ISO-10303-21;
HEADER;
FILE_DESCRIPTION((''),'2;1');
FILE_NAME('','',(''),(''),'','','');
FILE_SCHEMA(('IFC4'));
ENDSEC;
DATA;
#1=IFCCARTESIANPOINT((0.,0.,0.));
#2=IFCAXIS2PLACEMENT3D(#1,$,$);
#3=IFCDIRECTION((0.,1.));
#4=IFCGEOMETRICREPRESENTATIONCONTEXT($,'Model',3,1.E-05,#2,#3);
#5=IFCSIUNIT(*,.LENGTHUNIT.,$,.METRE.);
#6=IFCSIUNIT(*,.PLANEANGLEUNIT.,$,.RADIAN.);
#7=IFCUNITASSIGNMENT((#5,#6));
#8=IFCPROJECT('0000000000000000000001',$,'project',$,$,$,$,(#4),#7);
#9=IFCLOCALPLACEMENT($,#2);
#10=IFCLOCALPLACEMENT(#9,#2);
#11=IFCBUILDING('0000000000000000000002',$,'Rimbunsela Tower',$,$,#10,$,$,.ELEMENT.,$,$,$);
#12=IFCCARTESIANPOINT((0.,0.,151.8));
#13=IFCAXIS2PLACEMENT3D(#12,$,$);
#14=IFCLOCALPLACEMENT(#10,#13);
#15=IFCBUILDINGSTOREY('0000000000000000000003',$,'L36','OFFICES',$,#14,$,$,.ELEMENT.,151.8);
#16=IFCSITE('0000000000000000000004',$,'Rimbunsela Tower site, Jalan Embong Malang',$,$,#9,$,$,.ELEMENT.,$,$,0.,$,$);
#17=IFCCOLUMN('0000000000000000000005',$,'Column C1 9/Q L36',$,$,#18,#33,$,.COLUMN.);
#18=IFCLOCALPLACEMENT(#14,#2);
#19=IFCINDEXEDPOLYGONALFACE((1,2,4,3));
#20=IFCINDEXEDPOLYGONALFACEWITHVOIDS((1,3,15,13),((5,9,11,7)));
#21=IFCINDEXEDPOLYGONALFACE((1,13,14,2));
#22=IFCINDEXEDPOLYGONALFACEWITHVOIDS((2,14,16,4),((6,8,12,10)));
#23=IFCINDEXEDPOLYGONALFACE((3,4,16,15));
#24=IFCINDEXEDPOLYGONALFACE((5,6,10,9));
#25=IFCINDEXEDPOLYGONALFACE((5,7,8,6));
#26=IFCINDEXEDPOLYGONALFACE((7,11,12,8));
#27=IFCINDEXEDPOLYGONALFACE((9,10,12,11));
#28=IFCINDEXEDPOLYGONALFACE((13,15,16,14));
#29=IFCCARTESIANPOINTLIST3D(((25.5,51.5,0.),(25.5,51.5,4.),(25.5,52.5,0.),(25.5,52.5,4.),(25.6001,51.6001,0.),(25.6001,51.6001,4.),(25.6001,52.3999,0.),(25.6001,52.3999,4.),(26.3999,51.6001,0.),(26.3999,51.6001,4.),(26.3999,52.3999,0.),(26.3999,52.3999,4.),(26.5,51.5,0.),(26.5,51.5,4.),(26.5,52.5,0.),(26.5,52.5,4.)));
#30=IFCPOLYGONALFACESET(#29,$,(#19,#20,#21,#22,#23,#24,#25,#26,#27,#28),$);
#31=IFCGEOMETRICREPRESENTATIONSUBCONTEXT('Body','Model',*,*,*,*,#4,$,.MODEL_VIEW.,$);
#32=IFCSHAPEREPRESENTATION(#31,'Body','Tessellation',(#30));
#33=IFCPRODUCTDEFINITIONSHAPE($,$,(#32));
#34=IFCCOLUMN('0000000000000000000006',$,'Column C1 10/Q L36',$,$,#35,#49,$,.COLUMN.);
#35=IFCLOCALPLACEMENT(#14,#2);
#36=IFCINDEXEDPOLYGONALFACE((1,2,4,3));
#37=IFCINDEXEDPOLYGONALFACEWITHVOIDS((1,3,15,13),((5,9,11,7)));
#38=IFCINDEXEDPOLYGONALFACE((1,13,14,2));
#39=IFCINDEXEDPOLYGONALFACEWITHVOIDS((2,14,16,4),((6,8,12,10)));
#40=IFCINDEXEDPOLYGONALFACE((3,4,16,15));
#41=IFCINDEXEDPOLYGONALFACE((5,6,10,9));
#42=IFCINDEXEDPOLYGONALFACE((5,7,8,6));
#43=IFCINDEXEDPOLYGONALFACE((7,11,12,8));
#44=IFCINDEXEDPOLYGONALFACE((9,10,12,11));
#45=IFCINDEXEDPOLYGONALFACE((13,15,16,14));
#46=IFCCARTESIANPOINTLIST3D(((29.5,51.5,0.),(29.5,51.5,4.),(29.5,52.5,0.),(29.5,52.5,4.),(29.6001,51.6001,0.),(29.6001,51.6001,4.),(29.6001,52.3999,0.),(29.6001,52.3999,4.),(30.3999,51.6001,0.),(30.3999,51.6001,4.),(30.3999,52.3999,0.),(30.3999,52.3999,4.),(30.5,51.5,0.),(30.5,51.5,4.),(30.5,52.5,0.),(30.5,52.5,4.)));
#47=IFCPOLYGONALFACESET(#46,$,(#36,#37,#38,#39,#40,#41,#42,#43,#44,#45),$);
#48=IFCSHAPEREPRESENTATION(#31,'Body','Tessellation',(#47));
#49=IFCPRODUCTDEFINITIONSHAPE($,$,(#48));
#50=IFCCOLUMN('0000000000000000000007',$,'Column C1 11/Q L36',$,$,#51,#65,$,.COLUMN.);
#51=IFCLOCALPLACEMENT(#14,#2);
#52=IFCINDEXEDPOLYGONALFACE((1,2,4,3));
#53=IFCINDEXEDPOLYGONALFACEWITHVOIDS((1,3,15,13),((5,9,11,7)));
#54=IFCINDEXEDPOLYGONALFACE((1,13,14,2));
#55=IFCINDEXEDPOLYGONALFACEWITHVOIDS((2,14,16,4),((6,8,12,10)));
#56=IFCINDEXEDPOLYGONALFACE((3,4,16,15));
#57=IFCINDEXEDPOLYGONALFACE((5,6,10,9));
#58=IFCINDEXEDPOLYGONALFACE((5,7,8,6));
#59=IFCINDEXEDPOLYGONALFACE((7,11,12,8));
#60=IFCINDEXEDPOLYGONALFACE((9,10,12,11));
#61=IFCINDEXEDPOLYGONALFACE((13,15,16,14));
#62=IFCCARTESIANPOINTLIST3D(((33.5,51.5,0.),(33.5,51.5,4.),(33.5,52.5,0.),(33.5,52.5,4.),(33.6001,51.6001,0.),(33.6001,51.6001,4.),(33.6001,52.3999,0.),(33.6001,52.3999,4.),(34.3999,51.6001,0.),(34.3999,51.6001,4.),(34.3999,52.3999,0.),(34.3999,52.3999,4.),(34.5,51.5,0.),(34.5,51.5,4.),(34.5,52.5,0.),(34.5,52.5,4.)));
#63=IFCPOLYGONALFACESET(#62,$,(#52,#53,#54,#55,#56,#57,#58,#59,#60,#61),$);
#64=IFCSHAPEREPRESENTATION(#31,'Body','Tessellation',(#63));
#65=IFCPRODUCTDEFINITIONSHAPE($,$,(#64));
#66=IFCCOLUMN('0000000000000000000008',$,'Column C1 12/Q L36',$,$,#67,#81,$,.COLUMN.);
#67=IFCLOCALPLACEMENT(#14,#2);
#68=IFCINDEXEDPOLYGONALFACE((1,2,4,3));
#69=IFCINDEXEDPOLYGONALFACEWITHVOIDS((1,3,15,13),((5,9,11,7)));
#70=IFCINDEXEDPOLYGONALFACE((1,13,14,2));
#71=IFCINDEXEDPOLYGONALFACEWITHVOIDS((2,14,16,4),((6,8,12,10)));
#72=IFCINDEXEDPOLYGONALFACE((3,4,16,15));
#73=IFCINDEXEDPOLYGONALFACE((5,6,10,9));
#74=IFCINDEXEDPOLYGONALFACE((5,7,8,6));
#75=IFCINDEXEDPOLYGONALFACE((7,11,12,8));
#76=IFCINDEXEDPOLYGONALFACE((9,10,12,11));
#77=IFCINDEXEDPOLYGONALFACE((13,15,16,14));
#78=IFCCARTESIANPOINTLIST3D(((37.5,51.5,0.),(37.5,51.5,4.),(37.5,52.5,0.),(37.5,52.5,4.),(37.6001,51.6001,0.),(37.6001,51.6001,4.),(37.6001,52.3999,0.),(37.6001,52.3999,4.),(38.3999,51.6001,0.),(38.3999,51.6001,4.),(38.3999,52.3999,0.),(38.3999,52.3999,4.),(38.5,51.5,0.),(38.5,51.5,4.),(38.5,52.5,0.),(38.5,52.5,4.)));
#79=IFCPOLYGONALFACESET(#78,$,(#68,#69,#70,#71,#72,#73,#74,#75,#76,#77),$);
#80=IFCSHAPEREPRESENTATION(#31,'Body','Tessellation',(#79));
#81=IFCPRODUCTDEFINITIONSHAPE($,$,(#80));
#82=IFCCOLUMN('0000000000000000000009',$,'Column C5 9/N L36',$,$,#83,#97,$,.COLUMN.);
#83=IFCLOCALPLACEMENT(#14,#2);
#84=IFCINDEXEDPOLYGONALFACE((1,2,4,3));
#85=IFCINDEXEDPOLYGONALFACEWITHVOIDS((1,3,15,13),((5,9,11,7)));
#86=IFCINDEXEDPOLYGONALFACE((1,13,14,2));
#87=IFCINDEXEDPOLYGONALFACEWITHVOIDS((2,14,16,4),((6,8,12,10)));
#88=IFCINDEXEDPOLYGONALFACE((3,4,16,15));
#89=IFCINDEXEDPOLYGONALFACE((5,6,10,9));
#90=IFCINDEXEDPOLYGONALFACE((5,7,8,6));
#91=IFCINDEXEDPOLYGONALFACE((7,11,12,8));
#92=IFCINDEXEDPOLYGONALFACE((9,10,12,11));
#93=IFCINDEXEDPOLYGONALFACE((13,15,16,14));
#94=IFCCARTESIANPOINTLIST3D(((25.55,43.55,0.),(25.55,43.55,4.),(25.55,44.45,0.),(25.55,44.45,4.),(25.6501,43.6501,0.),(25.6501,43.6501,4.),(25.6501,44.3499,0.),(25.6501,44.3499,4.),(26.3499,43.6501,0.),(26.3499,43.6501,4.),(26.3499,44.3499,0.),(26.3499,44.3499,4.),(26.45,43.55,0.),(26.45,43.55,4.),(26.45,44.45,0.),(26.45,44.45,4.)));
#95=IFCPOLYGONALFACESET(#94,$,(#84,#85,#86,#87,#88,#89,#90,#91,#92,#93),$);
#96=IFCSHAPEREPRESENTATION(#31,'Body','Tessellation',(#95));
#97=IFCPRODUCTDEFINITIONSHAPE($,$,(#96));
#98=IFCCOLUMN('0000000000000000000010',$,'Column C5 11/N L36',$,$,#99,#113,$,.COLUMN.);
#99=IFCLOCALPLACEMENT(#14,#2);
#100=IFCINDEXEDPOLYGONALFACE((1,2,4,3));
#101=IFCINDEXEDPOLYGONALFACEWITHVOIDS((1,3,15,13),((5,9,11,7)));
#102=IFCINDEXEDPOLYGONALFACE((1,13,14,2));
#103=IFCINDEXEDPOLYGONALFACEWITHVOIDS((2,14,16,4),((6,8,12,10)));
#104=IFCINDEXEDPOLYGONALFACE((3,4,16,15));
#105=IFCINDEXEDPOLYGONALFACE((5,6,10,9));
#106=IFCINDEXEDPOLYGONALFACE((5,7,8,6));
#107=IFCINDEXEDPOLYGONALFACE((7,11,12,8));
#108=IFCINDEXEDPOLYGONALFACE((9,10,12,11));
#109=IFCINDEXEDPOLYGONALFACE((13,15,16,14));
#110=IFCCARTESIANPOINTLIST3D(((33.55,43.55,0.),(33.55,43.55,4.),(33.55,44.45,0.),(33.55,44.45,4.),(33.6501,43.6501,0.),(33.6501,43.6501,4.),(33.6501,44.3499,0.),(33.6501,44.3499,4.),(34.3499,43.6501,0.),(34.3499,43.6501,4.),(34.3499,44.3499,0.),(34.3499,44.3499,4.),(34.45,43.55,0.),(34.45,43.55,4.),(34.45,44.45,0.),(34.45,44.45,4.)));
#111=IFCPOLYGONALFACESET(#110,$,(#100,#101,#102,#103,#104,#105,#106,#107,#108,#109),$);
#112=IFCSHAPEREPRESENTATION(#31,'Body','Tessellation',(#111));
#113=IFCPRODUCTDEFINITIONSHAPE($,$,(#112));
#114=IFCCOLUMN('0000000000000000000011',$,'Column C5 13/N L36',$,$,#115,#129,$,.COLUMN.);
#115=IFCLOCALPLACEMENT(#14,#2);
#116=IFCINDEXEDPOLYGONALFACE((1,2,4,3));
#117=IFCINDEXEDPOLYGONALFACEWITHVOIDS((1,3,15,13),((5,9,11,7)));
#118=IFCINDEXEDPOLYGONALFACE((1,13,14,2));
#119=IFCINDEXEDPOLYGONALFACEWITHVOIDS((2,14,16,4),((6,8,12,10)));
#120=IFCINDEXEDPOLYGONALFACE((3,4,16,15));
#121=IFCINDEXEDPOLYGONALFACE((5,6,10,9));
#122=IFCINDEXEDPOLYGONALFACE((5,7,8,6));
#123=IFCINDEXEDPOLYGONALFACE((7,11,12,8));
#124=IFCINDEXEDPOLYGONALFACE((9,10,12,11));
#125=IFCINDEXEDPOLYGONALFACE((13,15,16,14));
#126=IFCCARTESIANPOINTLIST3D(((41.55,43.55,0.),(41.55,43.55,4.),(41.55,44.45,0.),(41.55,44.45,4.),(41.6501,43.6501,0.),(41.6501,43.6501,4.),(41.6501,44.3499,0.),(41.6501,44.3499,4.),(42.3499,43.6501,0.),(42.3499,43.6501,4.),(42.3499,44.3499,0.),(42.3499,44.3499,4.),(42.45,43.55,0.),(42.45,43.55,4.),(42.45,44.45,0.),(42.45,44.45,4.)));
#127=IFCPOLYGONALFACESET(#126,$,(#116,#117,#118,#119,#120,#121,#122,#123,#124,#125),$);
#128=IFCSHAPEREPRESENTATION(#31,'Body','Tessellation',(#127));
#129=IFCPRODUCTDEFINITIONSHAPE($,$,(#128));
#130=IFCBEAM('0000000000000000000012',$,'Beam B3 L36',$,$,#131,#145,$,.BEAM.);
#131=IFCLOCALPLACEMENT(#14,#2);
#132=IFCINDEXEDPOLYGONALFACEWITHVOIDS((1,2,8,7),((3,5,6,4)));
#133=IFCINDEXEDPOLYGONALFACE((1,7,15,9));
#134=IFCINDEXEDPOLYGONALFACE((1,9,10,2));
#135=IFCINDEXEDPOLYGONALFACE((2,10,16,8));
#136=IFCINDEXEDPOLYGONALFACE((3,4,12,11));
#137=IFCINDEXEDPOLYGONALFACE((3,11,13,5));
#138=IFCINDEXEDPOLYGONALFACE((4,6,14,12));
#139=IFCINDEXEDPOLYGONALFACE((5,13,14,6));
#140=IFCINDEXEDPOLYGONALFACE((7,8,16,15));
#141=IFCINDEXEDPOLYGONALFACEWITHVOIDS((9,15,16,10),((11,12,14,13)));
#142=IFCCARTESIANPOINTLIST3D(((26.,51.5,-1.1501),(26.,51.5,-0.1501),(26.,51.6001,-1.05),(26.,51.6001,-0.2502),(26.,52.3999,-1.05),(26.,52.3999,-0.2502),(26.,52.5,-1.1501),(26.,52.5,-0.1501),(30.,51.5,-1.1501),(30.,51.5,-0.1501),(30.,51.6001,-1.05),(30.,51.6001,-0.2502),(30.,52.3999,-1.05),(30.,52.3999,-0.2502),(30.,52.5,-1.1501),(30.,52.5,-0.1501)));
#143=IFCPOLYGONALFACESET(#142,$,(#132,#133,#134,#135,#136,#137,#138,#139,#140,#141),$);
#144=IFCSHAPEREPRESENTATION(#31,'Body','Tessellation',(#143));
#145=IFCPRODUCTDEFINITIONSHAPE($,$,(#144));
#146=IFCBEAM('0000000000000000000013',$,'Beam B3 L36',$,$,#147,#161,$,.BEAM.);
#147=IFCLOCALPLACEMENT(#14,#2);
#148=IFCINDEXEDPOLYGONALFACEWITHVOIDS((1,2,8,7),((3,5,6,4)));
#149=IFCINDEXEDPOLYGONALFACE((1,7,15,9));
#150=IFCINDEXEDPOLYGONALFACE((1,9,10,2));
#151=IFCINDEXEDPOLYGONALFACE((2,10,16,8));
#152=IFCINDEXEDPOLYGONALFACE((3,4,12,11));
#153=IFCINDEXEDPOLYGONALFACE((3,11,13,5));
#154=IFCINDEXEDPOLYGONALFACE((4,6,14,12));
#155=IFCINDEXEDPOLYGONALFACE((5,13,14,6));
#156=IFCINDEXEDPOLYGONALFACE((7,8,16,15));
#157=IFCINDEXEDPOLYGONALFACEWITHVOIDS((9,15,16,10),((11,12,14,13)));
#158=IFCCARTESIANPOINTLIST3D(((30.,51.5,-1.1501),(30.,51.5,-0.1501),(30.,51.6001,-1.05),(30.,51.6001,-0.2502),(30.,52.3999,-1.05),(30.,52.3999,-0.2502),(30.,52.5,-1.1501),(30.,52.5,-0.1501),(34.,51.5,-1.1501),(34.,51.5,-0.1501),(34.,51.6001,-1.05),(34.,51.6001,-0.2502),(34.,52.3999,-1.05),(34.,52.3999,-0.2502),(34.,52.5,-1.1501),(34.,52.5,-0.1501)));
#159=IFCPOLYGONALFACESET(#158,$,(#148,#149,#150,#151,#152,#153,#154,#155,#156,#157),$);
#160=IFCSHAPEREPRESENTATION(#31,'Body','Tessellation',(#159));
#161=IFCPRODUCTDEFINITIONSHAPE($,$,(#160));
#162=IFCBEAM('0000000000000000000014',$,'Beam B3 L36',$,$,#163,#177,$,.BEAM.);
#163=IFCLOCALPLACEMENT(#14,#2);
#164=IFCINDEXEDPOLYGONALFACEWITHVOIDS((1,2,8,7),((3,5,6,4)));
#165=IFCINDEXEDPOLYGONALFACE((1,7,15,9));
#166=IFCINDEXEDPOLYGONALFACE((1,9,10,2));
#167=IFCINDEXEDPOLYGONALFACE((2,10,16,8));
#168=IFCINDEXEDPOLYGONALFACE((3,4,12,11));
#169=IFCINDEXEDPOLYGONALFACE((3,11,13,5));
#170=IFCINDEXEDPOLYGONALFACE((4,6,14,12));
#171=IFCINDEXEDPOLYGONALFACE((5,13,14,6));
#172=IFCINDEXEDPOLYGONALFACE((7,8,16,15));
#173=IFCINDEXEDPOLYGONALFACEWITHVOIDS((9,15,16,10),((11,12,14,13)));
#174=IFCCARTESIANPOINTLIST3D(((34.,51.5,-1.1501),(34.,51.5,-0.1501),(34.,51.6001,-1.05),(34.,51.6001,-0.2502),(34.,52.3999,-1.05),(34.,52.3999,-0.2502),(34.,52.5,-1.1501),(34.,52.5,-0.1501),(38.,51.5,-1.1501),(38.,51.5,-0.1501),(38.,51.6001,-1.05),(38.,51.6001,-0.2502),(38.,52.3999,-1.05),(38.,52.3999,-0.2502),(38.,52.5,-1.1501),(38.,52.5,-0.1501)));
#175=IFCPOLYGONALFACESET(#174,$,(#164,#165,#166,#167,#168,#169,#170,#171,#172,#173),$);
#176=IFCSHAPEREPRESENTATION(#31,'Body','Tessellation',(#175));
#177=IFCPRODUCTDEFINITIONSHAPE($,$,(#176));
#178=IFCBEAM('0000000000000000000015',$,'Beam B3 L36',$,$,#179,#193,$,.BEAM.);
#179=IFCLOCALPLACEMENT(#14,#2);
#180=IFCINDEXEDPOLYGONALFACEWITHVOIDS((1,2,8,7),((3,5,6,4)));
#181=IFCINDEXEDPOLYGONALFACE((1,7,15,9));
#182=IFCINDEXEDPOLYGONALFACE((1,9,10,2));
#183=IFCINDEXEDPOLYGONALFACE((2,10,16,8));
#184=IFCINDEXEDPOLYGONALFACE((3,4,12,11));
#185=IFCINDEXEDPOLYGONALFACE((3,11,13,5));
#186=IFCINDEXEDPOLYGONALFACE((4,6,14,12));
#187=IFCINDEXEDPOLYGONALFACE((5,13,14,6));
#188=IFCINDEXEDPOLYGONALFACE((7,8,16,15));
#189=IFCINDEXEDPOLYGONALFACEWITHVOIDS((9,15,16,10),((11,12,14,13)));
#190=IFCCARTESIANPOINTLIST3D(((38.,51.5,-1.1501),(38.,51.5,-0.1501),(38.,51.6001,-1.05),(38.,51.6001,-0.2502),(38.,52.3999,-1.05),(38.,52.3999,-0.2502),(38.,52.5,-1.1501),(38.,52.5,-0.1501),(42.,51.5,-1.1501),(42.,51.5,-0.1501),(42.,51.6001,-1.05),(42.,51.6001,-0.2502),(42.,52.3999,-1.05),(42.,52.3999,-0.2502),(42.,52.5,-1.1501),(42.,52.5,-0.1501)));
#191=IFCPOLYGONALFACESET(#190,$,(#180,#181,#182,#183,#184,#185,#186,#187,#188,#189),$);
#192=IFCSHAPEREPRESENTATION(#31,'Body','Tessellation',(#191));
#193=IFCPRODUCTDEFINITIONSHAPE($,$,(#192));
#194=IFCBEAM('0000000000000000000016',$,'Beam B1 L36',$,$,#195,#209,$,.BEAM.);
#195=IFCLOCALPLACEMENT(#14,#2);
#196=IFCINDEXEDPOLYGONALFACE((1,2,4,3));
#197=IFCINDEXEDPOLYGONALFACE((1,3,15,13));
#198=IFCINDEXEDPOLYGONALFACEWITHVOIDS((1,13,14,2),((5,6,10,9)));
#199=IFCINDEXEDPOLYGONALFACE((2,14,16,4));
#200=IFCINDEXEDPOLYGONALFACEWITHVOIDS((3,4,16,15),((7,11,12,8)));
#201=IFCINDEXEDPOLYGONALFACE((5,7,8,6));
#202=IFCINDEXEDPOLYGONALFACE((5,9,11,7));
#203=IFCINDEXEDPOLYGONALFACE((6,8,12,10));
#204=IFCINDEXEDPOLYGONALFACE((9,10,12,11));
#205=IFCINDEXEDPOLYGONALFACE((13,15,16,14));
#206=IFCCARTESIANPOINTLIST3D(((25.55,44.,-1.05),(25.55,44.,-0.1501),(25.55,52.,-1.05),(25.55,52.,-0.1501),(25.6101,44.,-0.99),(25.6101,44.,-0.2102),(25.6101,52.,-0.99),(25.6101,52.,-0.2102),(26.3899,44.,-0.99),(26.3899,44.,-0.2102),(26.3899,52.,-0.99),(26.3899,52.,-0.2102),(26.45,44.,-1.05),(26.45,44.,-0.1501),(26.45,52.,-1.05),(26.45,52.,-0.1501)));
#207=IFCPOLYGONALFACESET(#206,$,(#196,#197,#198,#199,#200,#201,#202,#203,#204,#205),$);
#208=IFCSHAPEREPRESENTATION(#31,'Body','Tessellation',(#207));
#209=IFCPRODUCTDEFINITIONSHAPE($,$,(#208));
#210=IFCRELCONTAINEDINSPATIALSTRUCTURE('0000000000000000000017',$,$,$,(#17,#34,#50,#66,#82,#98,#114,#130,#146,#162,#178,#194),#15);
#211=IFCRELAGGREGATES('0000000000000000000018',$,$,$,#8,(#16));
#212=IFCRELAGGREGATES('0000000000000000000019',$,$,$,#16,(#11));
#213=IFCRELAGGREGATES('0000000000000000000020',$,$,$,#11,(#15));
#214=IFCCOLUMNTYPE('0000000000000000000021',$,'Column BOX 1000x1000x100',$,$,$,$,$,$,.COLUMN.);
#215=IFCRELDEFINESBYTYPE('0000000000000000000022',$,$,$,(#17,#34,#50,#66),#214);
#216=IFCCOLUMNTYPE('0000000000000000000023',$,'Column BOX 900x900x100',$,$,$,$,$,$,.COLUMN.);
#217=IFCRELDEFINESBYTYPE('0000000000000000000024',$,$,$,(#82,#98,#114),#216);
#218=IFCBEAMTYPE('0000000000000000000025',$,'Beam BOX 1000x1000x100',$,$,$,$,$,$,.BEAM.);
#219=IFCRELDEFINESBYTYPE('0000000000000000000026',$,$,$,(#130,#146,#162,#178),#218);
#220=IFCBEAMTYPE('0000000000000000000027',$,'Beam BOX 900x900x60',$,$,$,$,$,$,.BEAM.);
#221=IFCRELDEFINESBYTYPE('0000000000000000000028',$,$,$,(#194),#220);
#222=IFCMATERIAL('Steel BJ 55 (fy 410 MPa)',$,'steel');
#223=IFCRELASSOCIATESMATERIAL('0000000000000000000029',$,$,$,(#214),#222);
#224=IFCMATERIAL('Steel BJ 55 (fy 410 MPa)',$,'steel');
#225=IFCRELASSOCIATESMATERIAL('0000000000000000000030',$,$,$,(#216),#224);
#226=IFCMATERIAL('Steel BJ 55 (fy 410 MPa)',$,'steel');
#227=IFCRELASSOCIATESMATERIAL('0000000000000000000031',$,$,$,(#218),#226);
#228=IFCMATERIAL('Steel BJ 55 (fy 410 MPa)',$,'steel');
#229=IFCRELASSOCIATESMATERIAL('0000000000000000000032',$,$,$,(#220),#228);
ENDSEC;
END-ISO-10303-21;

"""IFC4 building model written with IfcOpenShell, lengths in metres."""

from ifc_helpers import new_model, si_unit, direction, frame, origin, origin_2d, place, context, subcontext, project, spatial, hollow_rectangle, extrude, material, material_profile, profile_set, type_object, element, save


model = new_model("IFC4")

# Units and contexts
model_context = context("Model", 3, precision=1e-05, world=origin(), true_north=direction((0.0, 1.0)))
body_context = subcontext(model_context, "Body", "Model", "MODEL_VIEW")
ifc_project = project(units=[si_unit("LENGTHUNIT", "METRE"), si_unit("PLANEANGLEUNIT", "RADIAN")], contexts=[model_context])

# Site, building, storey
site_placement = place(None, origin())
site = spatial("IfcSite", under=ifc_project, at=site_placement, Name="Rimbunsela Tower site, Jalan Embong Malang", CompositionType="ELEMENT", RefElevation=0.0)
building_placement = place(site_placement, origin())
building = spatial("IfcBuilding", under=site, at=building_placement, Name="Rimbunsela Tower", CompositionType="ELEMENT")
storey_placement = place(building_placement, frame((0.0, 0.0, 151.8)))
storey = spatial("IfcBuildingStorey", under=building, at=storey_placement, Name="L36", Description="OFFICES", CompositionType="ELEMENT", Elevation=151.8)

# Columns
ifc_material_1 = material(Name="Steel BJ 55 (fy 410 MPa)", Category="steel")
ifc_material_profile_1 = material_profile(ifc_material_1, hollow_rectangle(XDim=1.0, YDim=1.0, WallThickness=0.1001, at=origin_2d()), Name="BOX 1000x1000x100")
ifc_profile_set_1 = profile_set([ifc_material_profile_1], Name="Steel BJ 55 (fy 410 MPa)")
column_type_1 = type_object("IfcColumnType", Name="Column BOX 1000x1000x100", PredefinedType="COLUMN", material=ifc_profile_set_1)
for number, where, z_axis, x_axis, name in (
    (1, (26.0, 52.0, 0.0), (0.0, 0.0, 1.0), (1.0, 0.0, 0.0), "Column C1 9/Q L36"),
    (2, (30.0, 52.0, 0.0), (0.0, 0.0, 1.0), (1.0, 0.0, 0.0), "Column C1 10/Q L36"),
    (3, (34.0, 52.0, 0.0), (0.0, 0.0, 1.0), (1.0, 0.0, 0.0), "Column C1 11/Q L36"),
    (4, (38.0, 52.0, 0.0), (0.0, 0.0, 1.0), (1.0, 0.0, 0.0), "Column C1 12/Q L36"),
):
    element("IfcColumn", number, at=place(storey_placement, frame(where, z_axis=z_axis, x_axis=x_axis)), inside=storey, type_object=column_type_1, Name=name, PredefinedType="COLUMN", context=body_context, shape_type="SweptSolid", body=[
        extrude(hollow_rectangle(XDim=1.0, YDim=1.0, WallThickness=0.1001, at=origin_2d()), origin(), (0.0, 0.0, 1.0), 4.0),
    ])
ifc_material_2 = material(Name="Steel BJ 55 (fy 410 MPa)", Category="steel")
ifc_material_profile_2 = material_profile(ifc_material_2, hollow_rectangle(XDim=0.8999, YDim=0.8999, WallThickness=0.1001, at=origin_2d()), Name="BOX 900x900x100")
ifc_profile_set_2 = profile_set([ifc_material_profile_2], Name="Steel BJ 55 (fy 410 MPa)")
column_type_2 = type_object("IfcColumnType", Name="Column BOX 900x900x100", PredefinedType="COLUMN", material=ifc_profile_set_2)
for number, where, z_axis, x_axis, name in (
    (5, (26.0, 44.0, 0.0), (0.0, 0.0, 1.0), (1.0, 0.0, 0.0), "Column C5 9/N L36"),
    (6, (34.0, 44.0, 0.0), (0.0, 0.0, 1.0), (1.0, 0.0, 0.0), "Column C5 11/N L36"),
    (7, (42.0, 44.0, 0.0), (0.0, 0.0, 1.0), (1.0, 0.0, 0.0), "Column C5 13/N L36"),
):
    element("IfcColumn", number, at=place(storey_placement, frame(where, z_axis=z_axis, x_axis=x_axis)), inside=storey, type_object=column_type_2, Name=name, PredefinedType="COLUMN", context=body_context, shape_type="SweptSolid", body=[
        extrude(hollow_rectangle(XDim=0.8999, YDim=0.8999, WallThickness=0.1001, at=origin_2d()), origin(), (0.0, 0.0, 1.0), 4.0),
    ])

# Beams
ifc_material_3 = material(Name="Steel BJ 55 (fy 410 MPa)", Category="steel")
ifc_material_profile_3 = material_profile(ifc_material_3, hollow_rectangle(XDim=1.0, YDim=1.0, WallThickness=0.1001, at=origin_2d()), Name="BOX 1000x1000x100")
ifc_profile_set_3 = profile_set([ifc_material_profile_3], Name="Steel BJ 55 (fy 410 MPa)")
beam_type_1 = type_object("IfcBeamType", Name="Beam BOX 1000x1000x100", PredefinedType="BEAM", material=ifc_profile_set_3)
for number, where, z_axis, x_axis, name in (
    (8, (26.0, 52.0, -0.6501), (1.0, 0.0, 0.0), (0.0, 1.0, 0.0), "Beam B3 L36"),
    (9, (30.0, 52.0, -0.6501), (1.0, 0.0, 0.0), (0.0, 1.0, 0.0), "Beam B3 L36"),
    (10, (34.0, 52.0, -0.6501), (1.0, 0.0, 0.0), (0.0, 1.0, 0.0), "Beam B3 L36"),
    (11, (38.0, 52.0, -0.6501), (1.0, 0.0, 0.0), (0.0, 1.0, 0.0), "Beam B3 L36"),
):
    element("IfcBeam", number, at=place(storey_placement, frame(where, z_axis=z_axis, x_axis=x_axis)), inside=storey, type_object=beam_type_1, Name=name, PredefinedType="BEAM", context=body_context, shape_type="SweptSolid", body=[
        extrude(hollow_rectangle(XDim=1.0, YDim=1.0, WallThickness=0.1001, at=origin_2d()), origin(), (0.0, 0.0, 1.0), 4.0),
    ])
ifc_material_4 = material(Name="Steel BJ 55 (fy 410 MPa)", Category="steel")
ifc_material_profile_4 = material_profile(ifc_material_4, hollow_rectangle(XDim=0.8999, YDim=0.8999, WallThickness=0.0601, at=origin_2d()), Name="BOX 900x900x60")
ifc_profile_set_4 = profile_set([ifc_material_profile_4], Name="Steel BJ 55 (fy 410 MPa)")
beam_type_2 = type_object("IfcBeamType", Name="Beam BOX 900x900x60", PredefinedType="BEAM", material=ifc_profile_set_4)
for number, where, z_axis, x_axis, name in (
    (12, (26.0, 44.0, -0.6001), (0.0, 1.0, 0.0), (-1.0, 0.0, 0.0), "Beam B1 L36"),
):
    element("IfcBeam", number, at=place(storey_placement, frame(where, z_axis=z_axis, x_axis=x_axis)), inside=storey, type_object=beam_type_2, Name=name, PredefinedType="BEAM", context=body_context, shape_type="SweptSolid", body=[
        extrude(hollow_rectangle(XDim=0.8999, YDim=0.8999, WallThickness=0.0601, at=origin_2d()), origin(), (0.0, 0.0, 1.0), 8.0),
    ])

save(model, "model.ifc")
